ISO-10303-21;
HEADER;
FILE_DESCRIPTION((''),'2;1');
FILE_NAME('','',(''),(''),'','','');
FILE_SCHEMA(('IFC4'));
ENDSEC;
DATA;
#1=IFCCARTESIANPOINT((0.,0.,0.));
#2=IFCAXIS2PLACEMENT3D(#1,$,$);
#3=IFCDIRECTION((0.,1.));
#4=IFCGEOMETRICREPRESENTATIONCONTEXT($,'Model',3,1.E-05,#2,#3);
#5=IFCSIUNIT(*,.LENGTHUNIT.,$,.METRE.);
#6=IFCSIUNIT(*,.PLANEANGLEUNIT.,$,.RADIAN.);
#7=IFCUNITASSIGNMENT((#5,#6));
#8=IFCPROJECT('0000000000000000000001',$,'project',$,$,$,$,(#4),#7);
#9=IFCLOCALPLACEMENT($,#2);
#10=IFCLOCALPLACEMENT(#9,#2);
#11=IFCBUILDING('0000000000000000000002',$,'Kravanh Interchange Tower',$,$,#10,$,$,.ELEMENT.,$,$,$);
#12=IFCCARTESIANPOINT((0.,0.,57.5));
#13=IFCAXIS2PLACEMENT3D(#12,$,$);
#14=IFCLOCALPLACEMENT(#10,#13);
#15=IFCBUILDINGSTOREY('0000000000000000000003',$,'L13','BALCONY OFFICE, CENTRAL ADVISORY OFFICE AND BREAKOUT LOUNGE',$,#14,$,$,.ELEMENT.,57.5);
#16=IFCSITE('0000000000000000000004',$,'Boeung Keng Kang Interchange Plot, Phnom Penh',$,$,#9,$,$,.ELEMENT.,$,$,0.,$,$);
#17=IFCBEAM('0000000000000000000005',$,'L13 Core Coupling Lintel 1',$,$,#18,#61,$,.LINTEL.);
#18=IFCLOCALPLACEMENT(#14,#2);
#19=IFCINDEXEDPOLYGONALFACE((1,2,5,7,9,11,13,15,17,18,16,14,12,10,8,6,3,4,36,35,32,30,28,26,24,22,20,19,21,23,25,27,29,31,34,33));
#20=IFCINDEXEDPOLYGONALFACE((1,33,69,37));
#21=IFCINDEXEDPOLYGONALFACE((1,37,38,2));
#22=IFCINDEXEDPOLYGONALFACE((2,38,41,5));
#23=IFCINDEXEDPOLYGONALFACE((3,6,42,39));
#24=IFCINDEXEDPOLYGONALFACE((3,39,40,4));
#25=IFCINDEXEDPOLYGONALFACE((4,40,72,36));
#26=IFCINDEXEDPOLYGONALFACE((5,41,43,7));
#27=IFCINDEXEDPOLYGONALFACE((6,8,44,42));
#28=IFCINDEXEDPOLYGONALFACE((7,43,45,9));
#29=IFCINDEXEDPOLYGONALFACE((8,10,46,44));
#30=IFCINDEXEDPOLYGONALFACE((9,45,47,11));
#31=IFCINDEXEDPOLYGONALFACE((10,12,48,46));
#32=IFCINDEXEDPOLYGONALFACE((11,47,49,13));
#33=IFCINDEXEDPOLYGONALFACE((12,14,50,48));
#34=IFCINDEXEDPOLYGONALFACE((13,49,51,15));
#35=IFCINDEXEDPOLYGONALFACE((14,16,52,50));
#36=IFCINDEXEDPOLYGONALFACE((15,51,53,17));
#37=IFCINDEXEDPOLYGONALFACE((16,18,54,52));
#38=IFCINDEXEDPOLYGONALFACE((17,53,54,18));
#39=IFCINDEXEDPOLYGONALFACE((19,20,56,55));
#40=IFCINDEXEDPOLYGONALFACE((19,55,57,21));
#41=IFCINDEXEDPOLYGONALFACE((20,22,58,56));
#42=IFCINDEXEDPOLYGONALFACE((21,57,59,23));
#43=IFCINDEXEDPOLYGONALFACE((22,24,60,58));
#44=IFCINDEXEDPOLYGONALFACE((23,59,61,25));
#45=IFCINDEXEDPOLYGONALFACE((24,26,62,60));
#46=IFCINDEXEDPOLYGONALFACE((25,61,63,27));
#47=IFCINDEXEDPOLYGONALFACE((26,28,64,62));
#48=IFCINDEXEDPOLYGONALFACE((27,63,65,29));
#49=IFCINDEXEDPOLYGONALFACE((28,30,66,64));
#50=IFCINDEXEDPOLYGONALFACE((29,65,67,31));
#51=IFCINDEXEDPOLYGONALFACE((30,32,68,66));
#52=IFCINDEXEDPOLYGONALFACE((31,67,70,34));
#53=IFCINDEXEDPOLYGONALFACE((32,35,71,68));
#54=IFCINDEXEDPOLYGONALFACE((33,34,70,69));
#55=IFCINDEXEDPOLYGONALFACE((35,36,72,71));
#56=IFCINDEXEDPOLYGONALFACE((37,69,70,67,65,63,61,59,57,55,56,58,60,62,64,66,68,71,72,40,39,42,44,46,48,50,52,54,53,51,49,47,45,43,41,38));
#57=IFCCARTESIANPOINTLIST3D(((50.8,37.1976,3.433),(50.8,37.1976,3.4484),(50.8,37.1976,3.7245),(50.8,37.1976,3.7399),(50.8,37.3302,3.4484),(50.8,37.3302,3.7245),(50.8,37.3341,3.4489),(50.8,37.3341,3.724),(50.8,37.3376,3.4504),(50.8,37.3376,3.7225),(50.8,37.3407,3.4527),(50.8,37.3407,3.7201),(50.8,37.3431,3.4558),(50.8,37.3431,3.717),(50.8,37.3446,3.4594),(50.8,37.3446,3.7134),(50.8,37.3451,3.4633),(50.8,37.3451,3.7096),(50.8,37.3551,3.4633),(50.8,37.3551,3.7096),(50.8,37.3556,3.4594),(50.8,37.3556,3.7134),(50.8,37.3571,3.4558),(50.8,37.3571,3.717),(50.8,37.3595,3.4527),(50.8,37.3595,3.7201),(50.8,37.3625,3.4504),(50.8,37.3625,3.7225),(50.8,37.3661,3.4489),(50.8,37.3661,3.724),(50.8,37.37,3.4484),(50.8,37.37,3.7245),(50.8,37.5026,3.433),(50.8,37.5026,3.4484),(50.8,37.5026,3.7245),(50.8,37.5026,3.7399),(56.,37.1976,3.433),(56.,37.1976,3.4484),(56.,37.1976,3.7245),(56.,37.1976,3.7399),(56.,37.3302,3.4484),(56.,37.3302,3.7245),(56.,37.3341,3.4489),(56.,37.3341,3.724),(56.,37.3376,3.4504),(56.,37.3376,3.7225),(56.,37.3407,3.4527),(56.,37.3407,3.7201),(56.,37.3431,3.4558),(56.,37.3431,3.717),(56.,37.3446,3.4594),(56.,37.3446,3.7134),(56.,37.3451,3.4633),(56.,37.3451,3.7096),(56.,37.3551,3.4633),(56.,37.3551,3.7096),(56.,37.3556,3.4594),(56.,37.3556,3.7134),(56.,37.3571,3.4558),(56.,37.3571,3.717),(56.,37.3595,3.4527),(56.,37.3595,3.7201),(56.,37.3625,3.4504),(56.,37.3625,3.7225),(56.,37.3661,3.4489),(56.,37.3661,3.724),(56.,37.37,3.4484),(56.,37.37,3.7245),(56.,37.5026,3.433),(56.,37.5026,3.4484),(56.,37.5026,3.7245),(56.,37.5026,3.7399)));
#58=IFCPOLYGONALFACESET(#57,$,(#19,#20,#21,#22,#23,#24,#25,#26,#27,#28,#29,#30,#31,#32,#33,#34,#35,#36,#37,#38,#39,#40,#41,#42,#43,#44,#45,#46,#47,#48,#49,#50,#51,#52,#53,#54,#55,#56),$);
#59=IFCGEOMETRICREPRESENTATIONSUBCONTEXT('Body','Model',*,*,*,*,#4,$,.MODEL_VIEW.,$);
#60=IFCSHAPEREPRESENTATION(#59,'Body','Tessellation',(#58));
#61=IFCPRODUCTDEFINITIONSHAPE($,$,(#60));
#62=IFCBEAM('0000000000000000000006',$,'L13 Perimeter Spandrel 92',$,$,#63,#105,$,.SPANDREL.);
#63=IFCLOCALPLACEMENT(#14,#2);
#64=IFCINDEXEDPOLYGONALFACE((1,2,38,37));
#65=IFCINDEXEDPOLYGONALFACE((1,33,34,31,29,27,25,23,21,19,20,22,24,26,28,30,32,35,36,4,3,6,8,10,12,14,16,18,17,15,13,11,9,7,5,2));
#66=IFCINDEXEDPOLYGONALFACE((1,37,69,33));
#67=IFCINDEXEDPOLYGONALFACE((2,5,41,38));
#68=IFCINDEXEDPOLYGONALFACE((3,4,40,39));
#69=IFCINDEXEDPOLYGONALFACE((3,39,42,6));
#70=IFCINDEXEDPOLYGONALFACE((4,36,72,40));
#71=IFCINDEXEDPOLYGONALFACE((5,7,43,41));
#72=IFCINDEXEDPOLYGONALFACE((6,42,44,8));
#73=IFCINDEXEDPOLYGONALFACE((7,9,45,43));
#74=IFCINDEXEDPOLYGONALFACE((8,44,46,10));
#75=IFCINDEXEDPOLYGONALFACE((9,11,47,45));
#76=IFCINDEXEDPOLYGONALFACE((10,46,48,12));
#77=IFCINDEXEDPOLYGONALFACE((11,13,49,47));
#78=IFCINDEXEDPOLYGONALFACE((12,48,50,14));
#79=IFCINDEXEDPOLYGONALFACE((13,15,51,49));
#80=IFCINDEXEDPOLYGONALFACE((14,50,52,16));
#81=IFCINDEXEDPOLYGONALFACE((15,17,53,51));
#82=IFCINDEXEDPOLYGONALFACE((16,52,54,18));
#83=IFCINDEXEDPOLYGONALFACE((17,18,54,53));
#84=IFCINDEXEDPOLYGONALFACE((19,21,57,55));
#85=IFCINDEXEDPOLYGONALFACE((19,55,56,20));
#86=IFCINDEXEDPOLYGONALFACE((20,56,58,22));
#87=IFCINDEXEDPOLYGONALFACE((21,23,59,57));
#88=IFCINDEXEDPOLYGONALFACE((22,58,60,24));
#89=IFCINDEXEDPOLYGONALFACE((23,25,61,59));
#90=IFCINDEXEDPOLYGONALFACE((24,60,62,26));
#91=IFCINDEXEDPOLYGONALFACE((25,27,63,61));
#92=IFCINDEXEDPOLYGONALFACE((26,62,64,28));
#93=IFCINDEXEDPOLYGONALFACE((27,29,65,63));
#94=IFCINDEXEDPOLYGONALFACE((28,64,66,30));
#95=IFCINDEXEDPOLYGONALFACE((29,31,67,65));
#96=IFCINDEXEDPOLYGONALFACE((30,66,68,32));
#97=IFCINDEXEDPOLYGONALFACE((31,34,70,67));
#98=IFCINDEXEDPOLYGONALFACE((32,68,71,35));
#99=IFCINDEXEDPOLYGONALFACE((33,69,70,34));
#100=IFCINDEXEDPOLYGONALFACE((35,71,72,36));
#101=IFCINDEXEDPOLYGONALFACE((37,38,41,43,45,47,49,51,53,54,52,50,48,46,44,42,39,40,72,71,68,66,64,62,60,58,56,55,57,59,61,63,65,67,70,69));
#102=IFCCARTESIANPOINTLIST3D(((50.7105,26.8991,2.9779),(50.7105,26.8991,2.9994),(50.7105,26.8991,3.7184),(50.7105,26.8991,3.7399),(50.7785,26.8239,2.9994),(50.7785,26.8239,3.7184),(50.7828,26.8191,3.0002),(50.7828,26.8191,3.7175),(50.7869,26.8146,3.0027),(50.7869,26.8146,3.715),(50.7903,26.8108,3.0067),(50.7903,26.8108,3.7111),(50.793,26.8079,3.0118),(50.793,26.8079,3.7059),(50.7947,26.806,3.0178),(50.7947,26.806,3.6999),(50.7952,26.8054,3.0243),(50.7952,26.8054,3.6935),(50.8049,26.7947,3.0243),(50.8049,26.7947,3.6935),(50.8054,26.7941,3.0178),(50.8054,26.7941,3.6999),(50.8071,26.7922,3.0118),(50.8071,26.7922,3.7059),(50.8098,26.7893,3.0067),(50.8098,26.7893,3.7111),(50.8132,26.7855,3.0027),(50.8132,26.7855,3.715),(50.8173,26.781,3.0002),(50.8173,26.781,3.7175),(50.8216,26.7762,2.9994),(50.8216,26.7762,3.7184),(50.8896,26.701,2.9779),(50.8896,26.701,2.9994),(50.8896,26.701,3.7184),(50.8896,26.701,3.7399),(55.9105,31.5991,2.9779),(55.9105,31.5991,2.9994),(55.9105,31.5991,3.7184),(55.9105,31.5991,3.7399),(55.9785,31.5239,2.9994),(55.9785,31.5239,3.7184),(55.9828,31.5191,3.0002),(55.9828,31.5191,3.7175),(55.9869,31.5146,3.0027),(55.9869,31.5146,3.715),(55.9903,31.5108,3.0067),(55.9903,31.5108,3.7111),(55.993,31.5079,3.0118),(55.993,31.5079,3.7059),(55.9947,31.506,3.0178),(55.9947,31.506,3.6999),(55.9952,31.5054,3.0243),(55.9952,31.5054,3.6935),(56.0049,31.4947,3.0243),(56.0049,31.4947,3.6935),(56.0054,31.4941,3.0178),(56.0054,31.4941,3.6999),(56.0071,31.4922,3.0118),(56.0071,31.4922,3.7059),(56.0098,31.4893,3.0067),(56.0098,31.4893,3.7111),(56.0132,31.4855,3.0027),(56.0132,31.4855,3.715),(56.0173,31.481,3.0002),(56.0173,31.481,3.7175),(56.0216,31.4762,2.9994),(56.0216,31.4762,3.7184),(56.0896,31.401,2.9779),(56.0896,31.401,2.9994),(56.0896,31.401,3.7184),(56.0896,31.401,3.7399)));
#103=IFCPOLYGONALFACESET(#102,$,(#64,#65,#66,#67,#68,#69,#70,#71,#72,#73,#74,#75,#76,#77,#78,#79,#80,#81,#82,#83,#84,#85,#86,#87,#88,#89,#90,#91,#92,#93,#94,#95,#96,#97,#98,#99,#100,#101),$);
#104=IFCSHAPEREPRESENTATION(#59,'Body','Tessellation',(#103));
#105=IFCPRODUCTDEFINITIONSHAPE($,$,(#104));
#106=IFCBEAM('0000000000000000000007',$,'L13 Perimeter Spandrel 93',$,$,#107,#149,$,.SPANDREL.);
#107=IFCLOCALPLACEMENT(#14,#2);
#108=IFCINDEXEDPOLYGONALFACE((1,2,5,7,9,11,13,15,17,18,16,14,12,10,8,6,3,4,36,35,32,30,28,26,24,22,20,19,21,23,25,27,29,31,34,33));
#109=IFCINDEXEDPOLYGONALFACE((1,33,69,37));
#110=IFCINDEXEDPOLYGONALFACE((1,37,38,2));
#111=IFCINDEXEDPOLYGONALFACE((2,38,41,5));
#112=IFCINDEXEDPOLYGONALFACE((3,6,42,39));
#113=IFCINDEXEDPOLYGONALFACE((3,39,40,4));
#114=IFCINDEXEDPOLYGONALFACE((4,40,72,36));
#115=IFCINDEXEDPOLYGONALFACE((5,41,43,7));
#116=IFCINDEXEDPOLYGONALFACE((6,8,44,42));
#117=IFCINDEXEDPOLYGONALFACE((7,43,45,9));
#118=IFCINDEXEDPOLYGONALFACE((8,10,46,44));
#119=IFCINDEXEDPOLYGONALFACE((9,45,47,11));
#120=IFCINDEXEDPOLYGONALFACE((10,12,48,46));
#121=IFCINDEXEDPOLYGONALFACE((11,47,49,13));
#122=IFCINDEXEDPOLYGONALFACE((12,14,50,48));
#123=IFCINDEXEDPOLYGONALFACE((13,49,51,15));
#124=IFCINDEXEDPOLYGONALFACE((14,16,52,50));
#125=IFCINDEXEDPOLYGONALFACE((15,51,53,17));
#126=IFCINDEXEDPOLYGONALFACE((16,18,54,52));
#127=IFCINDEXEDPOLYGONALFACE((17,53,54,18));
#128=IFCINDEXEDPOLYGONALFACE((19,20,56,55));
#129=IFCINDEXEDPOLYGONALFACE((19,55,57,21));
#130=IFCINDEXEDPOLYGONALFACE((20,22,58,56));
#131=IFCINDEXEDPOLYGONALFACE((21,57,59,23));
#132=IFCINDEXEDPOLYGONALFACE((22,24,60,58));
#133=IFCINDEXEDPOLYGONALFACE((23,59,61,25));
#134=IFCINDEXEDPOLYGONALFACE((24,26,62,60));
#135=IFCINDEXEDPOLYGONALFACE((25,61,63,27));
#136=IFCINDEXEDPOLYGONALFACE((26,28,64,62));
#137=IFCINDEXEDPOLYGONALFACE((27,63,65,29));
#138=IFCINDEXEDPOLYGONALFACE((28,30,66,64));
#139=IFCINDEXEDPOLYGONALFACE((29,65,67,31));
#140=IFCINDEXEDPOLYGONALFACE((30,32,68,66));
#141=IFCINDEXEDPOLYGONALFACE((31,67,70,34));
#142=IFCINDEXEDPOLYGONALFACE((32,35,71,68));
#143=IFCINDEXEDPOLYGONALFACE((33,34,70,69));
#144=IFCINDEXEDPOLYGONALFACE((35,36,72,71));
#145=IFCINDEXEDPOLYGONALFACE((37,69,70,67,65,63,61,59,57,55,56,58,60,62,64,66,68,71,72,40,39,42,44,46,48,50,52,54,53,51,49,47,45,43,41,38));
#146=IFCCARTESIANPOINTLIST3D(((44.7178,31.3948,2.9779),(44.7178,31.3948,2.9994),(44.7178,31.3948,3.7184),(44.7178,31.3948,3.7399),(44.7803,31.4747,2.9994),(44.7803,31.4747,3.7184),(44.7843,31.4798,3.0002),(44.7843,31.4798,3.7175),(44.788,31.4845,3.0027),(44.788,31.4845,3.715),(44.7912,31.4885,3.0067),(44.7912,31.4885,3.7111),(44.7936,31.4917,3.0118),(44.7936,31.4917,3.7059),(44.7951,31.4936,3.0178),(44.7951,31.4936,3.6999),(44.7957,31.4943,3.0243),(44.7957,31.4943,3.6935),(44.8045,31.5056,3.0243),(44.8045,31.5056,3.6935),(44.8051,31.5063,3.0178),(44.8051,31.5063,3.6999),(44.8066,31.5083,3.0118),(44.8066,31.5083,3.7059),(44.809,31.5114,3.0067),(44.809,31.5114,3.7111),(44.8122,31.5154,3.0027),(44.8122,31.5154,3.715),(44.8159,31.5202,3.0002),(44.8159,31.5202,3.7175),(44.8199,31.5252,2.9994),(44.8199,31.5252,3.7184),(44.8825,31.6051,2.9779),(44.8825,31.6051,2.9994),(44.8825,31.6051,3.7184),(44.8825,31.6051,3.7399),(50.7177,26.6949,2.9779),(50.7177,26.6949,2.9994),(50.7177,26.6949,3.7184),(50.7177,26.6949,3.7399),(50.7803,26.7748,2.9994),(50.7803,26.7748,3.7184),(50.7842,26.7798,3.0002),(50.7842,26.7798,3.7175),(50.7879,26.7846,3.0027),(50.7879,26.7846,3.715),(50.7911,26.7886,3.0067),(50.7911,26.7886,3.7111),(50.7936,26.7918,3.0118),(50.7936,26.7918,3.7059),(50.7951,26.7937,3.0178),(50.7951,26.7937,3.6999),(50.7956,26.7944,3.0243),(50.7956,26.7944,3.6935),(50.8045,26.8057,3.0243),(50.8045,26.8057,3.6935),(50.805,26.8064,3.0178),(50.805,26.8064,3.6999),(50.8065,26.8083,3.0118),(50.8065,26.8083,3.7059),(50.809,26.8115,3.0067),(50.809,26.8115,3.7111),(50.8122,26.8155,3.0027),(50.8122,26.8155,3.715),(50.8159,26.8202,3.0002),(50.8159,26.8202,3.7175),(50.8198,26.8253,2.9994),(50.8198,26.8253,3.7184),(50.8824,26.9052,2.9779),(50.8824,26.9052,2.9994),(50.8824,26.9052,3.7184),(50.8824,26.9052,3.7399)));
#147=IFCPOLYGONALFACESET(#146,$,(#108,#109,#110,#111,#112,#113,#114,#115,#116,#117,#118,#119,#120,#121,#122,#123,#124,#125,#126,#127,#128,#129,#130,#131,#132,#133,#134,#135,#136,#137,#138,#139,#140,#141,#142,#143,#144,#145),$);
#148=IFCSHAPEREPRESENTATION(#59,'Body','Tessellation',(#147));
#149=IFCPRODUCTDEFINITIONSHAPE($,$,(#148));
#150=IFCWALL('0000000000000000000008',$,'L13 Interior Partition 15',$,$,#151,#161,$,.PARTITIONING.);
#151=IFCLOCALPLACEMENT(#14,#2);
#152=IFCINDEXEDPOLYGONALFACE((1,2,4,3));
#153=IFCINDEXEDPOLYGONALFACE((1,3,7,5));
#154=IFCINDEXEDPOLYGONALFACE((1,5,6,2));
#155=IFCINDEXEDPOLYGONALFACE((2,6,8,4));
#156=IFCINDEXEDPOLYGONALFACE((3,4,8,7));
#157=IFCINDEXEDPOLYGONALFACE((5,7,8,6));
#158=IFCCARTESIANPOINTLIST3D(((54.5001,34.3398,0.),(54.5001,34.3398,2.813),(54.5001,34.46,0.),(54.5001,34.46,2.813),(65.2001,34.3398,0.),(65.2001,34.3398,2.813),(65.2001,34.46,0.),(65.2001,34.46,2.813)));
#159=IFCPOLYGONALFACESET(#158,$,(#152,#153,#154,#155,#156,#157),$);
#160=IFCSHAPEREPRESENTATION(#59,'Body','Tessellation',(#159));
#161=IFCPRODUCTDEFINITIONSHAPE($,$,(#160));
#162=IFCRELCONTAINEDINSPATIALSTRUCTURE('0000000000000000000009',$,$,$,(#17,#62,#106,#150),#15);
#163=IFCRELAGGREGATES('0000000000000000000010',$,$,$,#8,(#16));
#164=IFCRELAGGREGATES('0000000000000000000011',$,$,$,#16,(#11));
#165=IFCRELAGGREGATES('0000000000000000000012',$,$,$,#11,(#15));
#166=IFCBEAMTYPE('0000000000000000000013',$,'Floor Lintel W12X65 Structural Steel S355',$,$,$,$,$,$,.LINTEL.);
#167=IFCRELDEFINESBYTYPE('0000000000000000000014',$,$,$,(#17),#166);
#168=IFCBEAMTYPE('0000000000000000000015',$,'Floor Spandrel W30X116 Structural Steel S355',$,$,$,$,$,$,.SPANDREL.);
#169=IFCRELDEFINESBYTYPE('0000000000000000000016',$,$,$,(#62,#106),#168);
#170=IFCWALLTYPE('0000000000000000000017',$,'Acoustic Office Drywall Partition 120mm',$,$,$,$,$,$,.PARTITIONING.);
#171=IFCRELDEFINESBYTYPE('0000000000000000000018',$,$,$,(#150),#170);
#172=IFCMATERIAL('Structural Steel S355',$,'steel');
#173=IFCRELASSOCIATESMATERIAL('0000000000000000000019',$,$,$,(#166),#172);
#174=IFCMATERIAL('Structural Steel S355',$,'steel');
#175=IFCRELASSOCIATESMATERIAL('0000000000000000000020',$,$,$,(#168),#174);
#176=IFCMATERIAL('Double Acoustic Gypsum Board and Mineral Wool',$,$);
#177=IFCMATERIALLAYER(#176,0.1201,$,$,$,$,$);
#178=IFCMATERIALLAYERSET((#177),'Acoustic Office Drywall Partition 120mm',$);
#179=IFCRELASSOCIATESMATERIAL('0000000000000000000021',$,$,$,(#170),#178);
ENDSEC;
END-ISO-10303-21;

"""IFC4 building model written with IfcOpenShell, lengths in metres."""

from ifc_helpers import new_model, si_unit, direction, frame, frame_2d, origin, origin_2d, place, context, subcontext, project, spatial, rectangle, i_section, extrude, material, layer, layer_set, material_profile, profile_set, type_object, element, save


model = new_model("IFC4")

# Units and contexts
model_context = context("Model", 3, precision=1e-05, world=origin(), true_north=direction((0.0, 1.0)))
body_context = subcontext(model_context, "Body", "Model", "MODEL_VIEW")
ifc_project = project(units=[si_unit("LENGTHUNIT", "METRE"), si_unit("PLANEANGLEUNIT", "RADIAN")], contexts=[model_context])

# Site, building, storey
site_placement = place(None, origin())
site = spatial("IfcSite", under=ifc_project, at=site_placement, Name="Boeung Keng Kang Interchange Plot, Phnom Penh", CompositionType="ELEMENT", RefElevation=0.0)
building_placement = place(site_placement, origin())
building = spatial("IfcBuilding", under=site, at=building_placement, Name="Kravanh Interchange Tower", CompositionType="ELEMENT")
storey_placement = place(building_placement, frame((0.0, 0.0, 57.5)))
storey = spatial("IfcBuildingStorey", under=building, at=storey_placement, Name="L13", Description="BALCONY OFFICE, CENTRAL ADVISORY OFFICE AND BREAKOUT LOUNGE", CompositionType="ELEMENT", Elevation=57.5)

# Beams
ifc_material_1 = material(Name="Structural Steel S355", Category="steel")
ifc_material_profile_1 = material_profile(ifc_material_1, i_section(OverallWidth=0.3049, OverallDepth=0.3069, WebThickness=0.01, FlangeThickness=0.0154, FilletRadius=0.0149, at=origin_2d()), Name="W12X65")
ifc_profile_set_1 = profile_set([ifc_material_profile_1], Name="Structural Steel S355")
beam_type_1 = type_object("IfcBeamType", Name="Floor Lintel W12X65 Structural Steel S355", PredefinedType="LINTEL", material=ifc_profile_set_1)
beam_1_placement = place(storey_placement, frame((50.8, 37.3501, 3.5864), z_axis=(1.0, 0.0, 0.0), x_axis=(0.0, 1.0, 0.0)))
element("IfcBeam", 1, at=beam_1_placement, inside=storey, type_object=beam_type_1, Name="L13 Core Coupling Lintel 1", PredefinedType="LINTEL", context=body_context, shape_type="SweptSolid", body=[
    extrude(i_section(OverallWidth=0.3049, OverallDepth=0.3069, WebThickness=0.01, FlangeThickness=0.0154, FilletRadius=0.0149, at=origin_2d()), origin(), (0.0, 0.0, 1.0), 5.2),
])
ifc_material_2 = material(Name="Structural Steel S355", Category="steel")
ifc_material_profile_2 = material_profile(ifc_material_2, i_section(OverallWidth=0.2671, OverallDepth=0.762, WebThickness=0.0144, FlangeThickness=0.0215, FilletRadius=0.0249, at=origin_2d()), Name="W30X116")
ifc_profile_set_2 = profile_set([ifc_material_profile_2], Name="Structural Steel S355")
beam_type_2 = type_object("IfcBeamType", Name="Floor Spandrel W30X116 Structural Steel S355", PredefinedType="SPANDREL", material=ifc_profile_set_2)
beam_2_placement = place(storey_placement, frame((50.8, 26.8, 3.3589), z_axis=(0.741874, 0.670539, 0.0), x_axis=(-0.670539, 0.741874, 0.0)))
element("IfcBeam", 2, at=beam_2_placement, inside=storey, type_object=beam_type_2, Name="L13 Perimeter Spandrel 92", PredefinedType="SPANDREL", context=body_context, shape_type="SweptSolid", body=[
    extrude(i_section(OverallWidth=0.2671, OverallDepth=0.762, WebThickness=0.0144, FlangeThickness=0.0215, FilletRadius=0.0249, at=origin_2d()), origin(), (0.0, 0.0, 1.0), 7.0093),
])
beam_3_placement = place(storey_placement, frame((50.8, 26.8, 3.3589), z_axis=(-0.787231, 0.616658, 0.0), x_axis=(-0.616658, -0.787231, 0.0)))
element("IfcBeam", 3, at=beam_3_placement, inside=storey, type_object=beam_type_2, Name="L13 Perimeter Spandrel 93", PredefinedType="SPANDREL", context=body_context, shape_type="SweptSolid", body=[
    extrude(i_section(OverallWidth=0.2671, OverallDepth=0.762, WebThickness=0.0144, FlangeThickness=0.0215, FilletRadius=0.0249, at=origin_2d()), origin(), (0.0, 0.0, 1.0), 7.6216),
])

# Wall
ifc_material_3 = material(Name="Double Acoustic Gypsum Board and Mineral Wool")
ifc_layer_1 = layer(ifc_material_3, 0.1201)
ifc_layer_set_1 = layer_set([ifc_layer_1], Name="Acoustic Office Drywall Partition 120mm")
wall_type_1 = type_object("IfcWallType", Name="Acoustic Office Drywall Partition 120mm", PredefinedType="PARTITIONING", material=ifc_layer_set_1)
wall_1_placement = place(storey_placement, frame((54.5, 34.3999, 0.0), z_axis=(0.0, 0.0, 1.0), x_axis=(1.0, 0.0, 0.0)))
element("IfcWall", 4, at=wall_1_placement, inside=storey, type_object=wall_type_1, Name="L13 Interior Partition 15", PredefinedType="PARTITIONING", context=body_context, shape_type="SweptSolid", body=[
    extrude(rectangle(XDim=10.7, YDim=0.1201, at=frame_2d((5.3501, 0.0))), origin(), (0.0, 0.0, 1.0), 2.813),
])

save(model, "model.ifc")
